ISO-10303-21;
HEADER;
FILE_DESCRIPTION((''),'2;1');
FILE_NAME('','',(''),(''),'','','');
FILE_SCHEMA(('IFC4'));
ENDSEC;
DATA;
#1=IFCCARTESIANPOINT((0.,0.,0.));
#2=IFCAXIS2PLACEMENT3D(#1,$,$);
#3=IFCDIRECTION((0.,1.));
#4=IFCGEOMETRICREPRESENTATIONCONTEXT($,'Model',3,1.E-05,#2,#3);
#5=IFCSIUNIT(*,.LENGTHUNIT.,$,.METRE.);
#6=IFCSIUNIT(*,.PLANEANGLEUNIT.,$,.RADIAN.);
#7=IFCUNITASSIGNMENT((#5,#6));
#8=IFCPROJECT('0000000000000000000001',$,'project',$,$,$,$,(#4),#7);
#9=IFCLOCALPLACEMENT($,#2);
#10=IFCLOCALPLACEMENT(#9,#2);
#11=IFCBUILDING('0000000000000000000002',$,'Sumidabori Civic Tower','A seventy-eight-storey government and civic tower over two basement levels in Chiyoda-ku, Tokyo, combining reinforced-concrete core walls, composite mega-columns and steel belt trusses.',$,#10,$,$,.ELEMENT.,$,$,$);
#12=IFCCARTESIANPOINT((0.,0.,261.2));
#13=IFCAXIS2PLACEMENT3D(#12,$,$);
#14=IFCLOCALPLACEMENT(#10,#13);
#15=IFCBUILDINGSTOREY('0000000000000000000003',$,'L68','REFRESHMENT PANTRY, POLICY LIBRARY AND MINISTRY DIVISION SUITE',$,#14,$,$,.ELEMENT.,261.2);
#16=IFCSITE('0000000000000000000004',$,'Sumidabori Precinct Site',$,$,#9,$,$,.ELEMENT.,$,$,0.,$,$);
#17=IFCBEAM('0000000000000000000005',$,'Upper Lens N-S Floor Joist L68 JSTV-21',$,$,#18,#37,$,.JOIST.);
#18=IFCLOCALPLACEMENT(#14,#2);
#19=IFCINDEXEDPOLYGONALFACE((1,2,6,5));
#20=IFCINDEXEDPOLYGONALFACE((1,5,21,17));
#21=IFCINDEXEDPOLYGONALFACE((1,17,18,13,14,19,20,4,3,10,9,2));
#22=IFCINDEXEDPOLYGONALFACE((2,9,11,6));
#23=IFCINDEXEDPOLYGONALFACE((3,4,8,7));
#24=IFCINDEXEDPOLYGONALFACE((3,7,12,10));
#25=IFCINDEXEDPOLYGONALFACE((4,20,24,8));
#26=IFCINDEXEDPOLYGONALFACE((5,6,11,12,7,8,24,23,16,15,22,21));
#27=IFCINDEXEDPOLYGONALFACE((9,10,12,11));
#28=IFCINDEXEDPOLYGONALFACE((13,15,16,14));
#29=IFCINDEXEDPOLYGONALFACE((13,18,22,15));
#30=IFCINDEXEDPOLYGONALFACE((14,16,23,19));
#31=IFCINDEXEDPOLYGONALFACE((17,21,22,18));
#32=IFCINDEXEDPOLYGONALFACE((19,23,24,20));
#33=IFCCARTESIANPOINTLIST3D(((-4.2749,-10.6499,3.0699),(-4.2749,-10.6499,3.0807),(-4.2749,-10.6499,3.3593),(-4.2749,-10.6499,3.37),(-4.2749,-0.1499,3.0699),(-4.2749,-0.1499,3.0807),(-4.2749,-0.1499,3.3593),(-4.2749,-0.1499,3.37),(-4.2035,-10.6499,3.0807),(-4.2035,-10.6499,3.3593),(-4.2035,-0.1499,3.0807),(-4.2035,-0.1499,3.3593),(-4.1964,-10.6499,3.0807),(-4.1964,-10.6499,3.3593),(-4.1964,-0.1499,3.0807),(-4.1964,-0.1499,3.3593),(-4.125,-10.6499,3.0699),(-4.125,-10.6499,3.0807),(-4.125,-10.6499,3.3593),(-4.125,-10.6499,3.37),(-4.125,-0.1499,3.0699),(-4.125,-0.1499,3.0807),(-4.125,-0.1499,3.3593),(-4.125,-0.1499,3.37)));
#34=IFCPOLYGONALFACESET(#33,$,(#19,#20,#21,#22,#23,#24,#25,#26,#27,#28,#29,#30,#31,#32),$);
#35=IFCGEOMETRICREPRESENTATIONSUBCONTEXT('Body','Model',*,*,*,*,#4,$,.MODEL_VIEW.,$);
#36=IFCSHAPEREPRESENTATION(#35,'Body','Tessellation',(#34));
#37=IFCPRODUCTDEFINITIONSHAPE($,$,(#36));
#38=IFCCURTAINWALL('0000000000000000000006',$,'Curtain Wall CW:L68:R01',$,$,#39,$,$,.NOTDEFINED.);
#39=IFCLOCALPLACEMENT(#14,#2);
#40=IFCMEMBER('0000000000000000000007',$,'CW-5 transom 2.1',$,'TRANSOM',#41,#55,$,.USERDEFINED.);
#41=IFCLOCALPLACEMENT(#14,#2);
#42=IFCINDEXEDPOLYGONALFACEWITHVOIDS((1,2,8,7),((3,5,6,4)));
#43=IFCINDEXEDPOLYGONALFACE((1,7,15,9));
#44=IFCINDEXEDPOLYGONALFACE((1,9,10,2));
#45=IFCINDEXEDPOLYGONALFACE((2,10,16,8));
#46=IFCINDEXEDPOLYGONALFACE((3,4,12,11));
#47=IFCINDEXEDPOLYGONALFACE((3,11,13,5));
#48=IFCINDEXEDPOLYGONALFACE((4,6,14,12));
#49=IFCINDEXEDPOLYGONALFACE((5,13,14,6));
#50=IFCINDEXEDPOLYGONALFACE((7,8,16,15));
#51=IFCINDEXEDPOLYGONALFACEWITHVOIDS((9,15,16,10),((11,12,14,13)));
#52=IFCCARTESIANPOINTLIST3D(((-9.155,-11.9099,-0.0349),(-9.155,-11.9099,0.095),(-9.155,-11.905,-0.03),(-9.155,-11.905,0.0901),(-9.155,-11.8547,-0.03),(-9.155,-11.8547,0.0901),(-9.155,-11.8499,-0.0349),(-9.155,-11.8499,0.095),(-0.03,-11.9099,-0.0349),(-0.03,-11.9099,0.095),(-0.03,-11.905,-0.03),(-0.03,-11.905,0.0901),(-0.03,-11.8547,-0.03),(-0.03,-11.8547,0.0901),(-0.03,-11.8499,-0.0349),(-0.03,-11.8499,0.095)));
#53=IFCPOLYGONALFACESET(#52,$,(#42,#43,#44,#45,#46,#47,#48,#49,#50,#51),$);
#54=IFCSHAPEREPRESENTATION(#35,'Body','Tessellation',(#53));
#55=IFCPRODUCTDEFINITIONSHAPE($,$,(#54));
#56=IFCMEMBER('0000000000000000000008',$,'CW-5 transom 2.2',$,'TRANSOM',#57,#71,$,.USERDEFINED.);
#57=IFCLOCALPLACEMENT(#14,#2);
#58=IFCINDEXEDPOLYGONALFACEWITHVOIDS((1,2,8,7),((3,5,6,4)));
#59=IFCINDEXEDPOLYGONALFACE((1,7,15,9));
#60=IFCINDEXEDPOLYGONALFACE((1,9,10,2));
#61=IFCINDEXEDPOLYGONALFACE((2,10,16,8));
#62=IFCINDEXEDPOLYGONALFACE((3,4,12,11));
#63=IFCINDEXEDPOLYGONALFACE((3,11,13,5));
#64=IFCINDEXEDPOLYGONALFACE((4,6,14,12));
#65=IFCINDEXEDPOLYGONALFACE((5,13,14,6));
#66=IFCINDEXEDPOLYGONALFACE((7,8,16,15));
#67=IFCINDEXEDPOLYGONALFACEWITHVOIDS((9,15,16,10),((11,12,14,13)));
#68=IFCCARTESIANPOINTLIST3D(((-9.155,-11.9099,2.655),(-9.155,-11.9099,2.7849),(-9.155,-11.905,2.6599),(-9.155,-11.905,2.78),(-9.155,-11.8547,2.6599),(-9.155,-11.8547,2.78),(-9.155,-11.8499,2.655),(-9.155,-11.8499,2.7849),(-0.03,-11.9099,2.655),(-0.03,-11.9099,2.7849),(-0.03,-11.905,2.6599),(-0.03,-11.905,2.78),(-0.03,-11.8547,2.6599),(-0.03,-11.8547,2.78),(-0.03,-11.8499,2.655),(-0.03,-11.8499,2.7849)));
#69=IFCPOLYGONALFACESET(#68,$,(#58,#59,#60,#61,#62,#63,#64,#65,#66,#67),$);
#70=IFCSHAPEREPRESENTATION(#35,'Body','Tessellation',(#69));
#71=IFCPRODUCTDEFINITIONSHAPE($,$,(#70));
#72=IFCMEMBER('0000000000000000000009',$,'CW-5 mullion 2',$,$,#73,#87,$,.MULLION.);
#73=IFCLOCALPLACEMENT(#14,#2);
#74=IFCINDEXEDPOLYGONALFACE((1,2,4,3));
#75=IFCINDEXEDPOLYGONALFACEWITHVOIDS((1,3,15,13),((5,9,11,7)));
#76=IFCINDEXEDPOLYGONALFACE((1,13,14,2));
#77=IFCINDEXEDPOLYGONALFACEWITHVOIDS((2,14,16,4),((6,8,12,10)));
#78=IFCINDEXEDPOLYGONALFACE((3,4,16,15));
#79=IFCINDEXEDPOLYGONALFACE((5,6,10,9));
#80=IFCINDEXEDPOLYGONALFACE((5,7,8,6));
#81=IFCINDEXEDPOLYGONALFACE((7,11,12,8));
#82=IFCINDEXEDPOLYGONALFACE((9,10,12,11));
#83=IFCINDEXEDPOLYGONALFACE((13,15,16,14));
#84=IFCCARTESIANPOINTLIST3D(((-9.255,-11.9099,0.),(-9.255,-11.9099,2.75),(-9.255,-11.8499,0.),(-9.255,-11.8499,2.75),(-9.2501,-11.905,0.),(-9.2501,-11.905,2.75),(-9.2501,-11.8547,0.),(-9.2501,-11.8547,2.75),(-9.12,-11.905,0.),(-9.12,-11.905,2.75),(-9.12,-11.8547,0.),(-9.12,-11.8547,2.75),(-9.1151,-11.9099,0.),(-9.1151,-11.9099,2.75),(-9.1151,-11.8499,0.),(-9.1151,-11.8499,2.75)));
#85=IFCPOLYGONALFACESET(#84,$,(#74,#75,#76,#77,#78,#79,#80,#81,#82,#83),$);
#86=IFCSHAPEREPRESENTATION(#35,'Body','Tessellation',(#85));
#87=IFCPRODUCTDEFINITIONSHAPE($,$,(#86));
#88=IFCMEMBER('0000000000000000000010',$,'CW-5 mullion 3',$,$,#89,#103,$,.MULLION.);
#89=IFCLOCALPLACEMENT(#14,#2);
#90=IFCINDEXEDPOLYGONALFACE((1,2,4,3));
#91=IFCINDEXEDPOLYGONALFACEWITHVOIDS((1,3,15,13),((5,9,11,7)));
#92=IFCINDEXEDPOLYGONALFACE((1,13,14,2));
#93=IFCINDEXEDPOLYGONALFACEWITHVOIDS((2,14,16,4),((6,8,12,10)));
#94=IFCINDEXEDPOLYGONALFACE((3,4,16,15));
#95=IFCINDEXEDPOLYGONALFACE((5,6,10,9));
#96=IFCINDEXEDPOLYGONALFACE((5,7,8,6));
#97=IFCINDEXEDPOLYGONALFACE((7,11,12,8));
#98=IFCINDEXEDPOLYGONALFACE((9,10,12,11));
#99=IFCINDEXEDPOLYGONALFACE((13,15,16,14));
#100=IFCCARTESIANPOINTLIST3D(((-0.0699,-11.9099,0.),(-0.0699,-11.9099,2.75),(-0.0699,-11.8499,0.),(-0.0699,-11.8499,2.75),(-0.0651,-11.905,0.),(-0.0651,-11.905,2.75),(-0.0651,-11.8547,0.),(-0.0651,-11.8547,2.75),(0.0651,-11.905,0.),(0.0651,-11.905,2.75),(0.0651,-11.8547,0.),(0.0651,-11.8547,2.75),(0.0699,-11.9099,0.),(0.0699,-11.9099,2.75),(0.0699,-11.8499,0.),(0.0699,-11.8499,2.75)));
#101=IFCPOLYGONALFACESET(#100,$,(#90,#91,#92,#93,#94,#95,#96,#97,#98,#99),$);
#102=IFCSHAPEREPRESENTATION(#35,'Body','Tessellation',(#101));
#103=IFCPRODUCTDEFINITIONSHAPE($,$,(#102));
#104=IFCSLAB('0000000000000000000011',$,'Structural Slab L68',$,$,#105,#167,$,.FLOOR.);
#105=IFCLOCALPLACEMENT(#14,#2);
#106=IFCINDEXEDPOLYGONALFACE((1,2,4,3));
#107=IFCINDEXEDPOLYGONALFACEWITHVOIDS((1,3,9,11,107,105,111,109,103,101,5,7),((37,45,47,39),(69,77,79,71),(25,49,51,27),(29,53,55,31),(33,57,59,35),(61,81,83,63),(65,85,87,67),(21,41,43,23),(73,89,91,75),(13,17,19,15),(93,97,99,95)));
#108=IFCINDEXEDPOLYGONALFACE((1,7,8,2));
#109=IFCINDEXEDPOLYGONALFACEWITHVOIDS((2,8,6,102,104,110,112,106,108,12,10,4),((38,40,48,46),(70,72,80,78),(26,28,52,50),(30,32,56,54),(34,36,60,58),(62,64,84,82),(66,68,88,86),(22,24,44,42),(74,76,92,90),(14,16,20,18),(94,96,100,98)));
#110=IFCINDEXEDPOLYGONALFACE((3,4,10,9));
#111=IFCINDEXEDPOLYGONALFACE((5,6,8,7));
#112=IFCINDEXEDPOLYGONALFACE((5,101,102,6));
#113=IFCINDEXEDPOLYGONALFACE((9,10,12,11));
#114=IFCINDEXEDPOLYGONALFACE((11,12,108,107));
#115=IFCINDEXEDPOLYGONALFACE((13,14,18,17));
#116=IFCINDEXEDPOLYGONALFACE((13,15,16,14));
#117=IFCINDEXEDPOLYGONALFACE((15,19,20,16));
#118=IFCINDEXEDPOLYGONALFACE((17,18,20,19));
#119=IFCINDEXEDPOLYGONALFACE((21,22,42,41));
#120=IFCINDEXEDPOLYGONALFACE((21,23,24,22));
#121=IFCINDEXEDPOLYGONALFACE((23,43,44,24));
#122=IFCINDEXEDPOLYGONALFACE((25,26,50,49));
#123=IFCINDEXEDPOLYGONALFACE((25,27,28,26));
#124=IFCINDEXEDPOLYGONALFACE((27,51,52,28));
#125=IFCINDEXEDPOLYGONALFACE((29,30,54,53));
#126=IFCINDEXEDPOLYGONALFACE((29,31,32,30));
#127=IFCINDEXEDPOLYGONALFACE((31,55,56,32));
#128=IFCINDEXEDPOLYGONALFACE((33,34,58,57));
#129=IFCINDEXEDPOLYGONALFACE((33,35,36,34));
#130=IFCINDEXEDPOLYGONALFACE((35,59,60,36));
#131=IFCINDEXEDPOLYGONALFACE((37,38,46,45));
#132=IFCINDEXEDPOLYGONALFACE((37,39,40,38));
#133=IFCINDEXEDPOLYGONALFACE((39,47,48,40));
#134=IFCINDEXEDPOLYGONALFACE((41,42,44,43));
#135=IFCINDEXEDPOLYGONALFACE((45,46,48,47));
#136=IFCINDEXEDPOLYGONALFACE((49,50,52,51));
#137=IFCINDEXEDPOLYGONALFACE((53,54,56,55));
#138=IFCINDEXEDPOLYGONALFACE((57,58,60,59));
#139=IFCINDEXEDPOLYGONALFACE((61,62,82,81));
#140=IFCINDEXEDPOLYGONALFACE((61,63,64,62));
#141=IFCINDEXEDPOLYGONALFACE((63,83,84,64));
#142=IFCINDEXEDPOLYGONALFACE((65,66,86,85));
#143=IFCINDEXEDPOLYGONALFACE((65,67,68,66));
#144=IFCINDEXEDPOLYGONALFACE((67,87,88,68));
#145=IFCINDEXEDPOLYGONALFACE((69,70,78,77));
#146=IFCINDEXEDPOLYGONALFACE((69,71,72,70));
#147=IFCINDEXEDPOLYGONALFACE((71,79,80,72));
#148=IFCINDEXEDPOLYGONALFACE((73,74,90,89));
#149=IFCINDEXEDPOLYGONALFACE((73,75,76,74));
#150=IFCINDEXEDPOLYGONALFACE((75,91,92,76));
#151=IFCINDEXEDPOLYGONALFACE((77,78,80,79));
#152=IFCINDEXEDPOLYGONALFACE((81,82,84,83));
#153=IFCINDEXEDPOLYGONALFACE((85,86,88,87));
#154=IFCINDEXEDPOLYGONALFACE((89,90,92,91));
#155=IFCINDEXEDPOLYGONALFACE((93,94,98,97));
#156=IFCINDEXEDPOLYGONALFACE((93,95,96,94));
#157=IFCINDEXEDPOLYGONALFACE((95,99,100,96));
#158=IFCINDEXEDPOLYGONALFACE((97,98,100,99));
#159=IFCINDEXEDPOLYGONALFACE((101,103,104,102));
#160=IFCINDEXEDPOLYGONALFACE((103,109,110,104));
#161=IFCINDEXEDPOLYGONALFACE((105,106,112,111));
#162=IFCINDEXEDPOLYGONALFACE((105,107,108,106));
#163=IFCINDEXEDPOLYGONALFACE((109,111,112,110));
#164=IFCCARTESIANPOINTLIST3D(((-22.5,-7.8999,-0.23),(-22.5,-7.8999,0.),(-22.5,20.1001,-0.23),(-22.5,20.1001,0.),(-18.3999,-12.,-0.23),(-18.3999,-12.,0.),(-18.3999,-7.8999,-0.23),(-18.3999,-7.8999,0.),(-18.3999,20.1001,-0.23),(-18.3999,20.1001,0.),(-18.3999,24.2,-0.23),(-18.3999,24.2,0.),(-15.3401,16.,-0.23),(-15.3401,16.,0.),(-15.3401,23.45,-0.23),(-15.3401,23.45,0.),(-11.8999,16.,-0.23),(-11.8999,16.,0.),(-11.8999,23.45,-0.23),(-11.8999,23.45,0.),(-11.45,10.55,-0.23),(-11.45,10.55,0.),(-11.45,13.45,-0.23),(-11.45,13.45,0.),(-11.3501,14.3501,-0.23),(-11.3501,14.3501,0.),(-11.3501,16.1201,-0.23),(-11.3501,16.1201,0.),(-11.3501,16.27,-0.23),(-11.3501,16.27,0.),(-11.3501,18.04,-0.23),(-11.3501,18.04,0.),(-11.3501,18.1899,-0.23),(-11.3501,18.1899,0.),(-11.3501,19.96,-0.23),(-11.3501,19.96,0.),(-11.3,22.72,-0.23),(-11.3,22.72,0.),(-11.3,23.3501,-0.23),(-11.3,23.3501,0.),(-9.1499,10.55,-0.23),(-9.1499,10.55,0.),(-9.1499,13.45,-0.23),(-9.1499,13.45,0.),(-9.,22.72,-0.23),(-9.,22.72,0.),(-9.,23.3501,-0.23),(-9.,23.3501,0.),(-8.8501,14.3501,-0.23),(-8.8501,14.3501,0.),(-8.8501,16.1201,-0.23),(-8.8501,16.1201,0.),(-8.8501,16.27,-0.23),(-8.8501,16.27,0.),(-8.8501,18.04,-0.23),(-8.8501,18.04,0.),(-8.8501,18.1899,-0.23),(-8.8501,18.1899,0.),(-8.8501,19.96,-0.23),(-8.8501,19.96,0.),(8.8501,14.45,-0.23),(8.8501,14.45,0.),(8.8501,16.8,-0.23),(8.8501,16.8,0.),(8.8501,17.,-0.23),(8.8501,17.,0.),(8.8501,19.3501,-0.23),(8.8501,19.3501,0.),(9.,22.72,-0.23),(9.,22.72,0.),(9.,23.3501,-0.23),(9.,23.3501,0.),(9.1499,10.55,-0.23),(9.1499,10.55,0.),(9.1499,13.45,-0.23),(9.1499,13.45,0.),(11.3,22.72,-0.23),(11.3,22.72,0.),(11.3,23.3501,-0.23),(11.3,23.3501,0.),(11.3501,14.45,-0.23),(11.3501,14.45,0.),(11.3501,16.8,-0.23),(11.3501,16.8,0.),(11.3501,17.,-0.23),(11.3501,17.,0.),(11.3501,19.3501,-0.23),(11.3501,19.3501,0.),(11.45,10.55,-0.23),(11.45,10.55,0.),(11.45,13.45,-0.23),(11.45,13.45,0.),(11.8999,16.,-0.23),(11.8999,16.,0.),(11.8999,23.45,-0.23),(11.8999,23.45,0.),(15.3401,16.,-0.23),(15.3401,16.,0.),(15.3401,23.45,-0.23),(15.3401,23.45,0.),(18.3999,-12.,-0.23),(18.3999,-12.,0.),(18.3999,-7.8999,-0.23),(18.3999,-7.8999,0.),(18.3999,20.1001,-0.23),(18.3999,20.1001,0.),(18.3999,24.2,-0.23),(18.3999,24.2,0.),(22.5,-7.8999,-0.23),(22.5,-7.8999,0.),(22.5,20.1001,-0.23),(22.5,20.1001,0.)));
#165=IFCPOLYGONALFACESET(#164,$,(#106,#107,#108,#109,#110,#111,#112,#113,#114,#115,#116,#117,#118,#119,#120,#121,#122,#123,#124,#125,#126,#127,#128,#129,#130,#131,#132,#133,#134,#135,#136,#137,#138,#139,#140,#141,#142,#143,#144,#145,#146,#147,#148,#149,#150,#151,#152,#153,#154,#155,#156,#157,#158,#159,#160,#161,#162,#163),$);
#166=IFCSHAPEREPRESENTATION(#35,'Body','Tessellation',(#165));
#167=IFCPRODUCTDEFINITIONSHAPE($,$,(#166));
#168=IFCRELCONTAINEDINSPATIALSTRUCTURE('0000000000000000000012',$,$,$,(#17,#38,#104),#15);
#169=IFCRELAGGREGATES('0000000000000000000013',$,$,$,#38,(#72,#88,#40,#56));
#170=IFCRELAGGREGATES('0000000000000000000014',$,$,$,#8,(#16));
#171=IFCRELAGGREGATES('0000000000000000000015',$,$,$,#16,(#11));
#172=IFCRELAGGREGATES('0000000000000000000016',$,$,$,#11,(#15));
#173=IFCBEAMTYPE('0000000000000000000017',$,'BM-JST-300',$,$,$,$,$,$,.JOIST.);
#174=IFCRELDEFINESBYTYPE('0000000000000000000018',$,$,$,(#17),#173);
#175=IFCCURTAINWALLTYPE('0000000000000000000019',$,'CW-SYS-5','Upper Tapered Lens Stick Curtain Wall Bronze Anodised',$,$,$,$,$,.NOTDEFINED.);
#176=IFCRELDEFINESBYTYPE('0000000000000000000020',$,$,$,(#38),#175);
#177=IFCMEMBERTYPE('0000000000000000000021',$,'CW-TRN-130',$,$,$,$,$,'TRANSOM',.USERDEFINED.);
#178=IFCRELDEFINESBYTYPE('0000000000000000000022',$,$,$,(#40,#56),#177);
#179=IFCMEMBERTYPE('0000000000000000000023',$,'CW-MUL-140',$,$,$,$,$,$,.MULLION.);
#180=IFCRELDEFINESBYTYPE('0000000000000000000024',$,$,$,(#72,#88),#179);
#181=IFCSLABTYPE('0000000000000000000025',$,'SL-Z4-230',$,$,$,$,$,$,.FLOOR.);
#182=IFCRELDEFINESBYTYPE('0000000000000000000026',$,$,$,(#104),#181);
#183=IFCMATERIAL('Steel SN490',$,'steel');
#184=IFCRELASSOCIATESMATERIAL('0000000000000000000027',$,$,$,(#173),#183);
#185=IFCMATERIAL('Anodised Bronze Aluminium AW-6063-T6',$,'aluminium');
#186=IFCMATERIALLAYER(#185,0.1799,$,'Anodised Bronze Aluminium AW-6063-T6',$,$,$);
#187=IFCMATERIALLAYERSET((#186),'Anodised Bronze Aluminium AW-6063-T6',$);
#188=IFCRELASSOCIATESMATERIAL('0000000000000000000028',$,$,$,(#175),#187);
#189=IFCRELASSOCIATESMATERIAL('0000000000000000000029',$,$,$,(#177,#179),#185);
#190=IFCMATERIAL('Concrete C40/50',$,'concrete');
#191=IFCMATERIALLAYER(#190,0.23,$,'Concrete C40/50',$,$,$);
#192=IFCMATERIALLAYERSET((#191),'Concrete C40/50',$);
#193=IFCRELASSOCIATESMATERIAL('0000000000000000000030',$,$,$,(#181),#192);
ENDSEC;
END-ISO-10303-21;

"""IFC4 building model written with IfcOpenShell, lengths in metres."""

from ifc_helpers import new_model, si_unit, direction, frame, origin, origin_2d, place, context, subcontext, project, spatial, polyline, hollow_rectangle, i_section, outline, extrude, source, transform, mapped, material, layer, layer_set, material_profile, profile_set, type_object, element, aggregate, save


model = new_model("IFC4")

# Units and contexts
model_context = context("Model", 3, precision=1e-05, world=origin(), true_north=direction((0.0, 1.0)))
body_context = subcontext(model_context, "Body", "Model", "MODEL_VIEW")
ifc_project = project(units=[si_unit("LENGTHUNIT", "METRE"), si_unit("PLANEANGLEUNIT", "RADIAN")], contexts=[model_context])

# Site, building, storey
site_placement = place(None, origin())
site = spatial("IfcSite", under=ifc_project, at=site_placement, Name="Sumidabori Precinct Site", CompositionType="ELEMENT", RefElevation=0.0)
building_placement = place(site_placement, origin())
building = spatial("IfcBuilding", under=site, at=building_placement, Name="Sumidabori Civic Tower", Description="A seventy-eight-storey government and civic tower over two basement levels in Chiyoda-ku, Tokyo, combining reinforced-concrete core walls, composite mega-columns and steel belt trusses.", CompositionType="ELEMENT")
storey_placement = place(building_placement, frame((0.0, 0.0, 261.2)))
storey = spatial("IfcBuildingStorey", under=building, at=storey_placement, Name="L68", Description="REFRESHMENT PANTRY, POLICY LIBRARY AND MINISTRY DIVISION SUITE", CompositionType="ELEMENT", Elevation=261.2)

# Shared definitions
ifc_material_1 = material(Name="Steel SN490", Category="steel")

# Beam
ifc_material_profile_1 = material_profile(ifc_material_1, i_section(OverallWidth=0.1499, OverallDepth=0.3, WebThickness=0.0071, FlangeThickness=0.0107, at=origin_2d()), Name="IPE 300")
ifc_profile_set_1 = profile_set([ifc_material_profile_1], Name="Steel SN490")
beam_type_1 = type_object("IfcBeamType", Name="BM-JST-300", PredefinedType="JOIST", material=ifc_profile_set_1)
shared_shape_1 = source(origin(), body_context, "Body", "SweptSolid", [
    extrude(i_section(OverallWidth=0.1499, OverallDepth=0.3, WebThickness=0.0071, FlangeThickness=0.0107, at=origin_2d()), origin(), (0.0, 0.0, 1.0), 10.5),
])
for number, where, z_axis, x_axis, name in (
    (1, (-4.2, -10.6499, 3.22), (0.0, 1.0, 0.0), (-1.0, 0.0, 0.0), "Upper Lens N-S Floor Joist L68 JSTV-21"),
):
    element("IfcBeam", number, at=place(storey_placement, frame(where, z_axis=z_axis, x_axis=x_axis)), inside=storey, type_object=beam_type_1, Name=name, PredefinedType="JOIST", context=body_context, shape_type="MappedRepresentation", body=[
        mapped(shared_shape_1, transform((0.0, 0.0, 0.0), x_axis=(1.0, 0.0, 0.0), y_axis=(0.0, 1.0, 0.0), z_axis=(0.0, 0.0, 1.0), scale=1.0)),
    ])

# Curtain wall, members
ifc_material_2 = material(Name="Anodised Bronze Aluminium AW-6063-T6", Category="aluminium")
ifc_layer_1 = layer(ifc_material_2, 0.1799, Name="Anodised Bronze Aluminium AW-6063-T6")
ifc_layer_set_1 = layer_set([ifc_layer_1], Name="Anodised Bronze Aluminium AW-6063-T6")
curtain_wall_type = type_object("IfcCurtainWallType", Name="CW-SYS-5", Description="Upper Tapered Lens Stick Curtain Wall Bronze Anodised", PredefinedType="NOTDEFINED", material=ifc_layer_set_1)
curtain_wall_placement = place(storey_placement, origin())
curtain_wall = element("IfcCurtainWall", 2, at=curtain_wall_placement, inside=storey, type_object=curtain_wall_type, Name="Curtain Wall CW:L68:R01", PredefinedType="NOTDEFINED")
ifc_material_profile_2 = material_profile(ifc_material_2, hollow_rectangle(XDim=0.0601, YDim=0.1299, WallThickness=0.0049, at=origin_2d()), Name="ALU TRANSOM 130x60")
ifc_profile_set_2 = profile_set([ifc_material_profile_2], Name="Anodised Bronze Aluminium AW-6063-T6")
member_type_1 = type_object("IfcMemberType", Name="CW-TRN-130", ElementType="TRANSOM", PredefinedType="USERDEFINED", material=ifc_profile_set_2)
shared_shape_2 = source(origin(), body_context, "Body", "SweptSolid", [
    extrude(hollow_rectangle(XDim=0.0601, YDim=0.1299, WallThickness=0.0049, at=origin_2d()), origin(), (0.0, 0.0, 1.0), 9.125),
])
member_1_placement = place(storey_placement, frame((-9.155, -11.8799, 0.03), z_axis=(1.0, 0.0, 0.0), x_axis=(0.0, 1.0, 0.0)))
member_1 = element("IfcMember", 3, at=member_1_placement, type_object=member_type_1, Name="CW-5 transom 2.1", ObjectType="TRANSOM", PredefinedType="USERDEFINED", context=body_context, shape_type="MappedRepresentation", body=[
    mapped(shared_shape_2, transform((0.0, 0.0, 0.0), x_axis=(1.0, 0.0, 0.0), y_axis=(0.0, 1.0, 0.0), z_axis=(0.0, 0.0, 1.0), scale=1.0)),
])
member_2_placement = place(storey_placement, frame((-9.155, -11.8799, 2.72), z_axis=(1.0, 0.0, 0.0), x_axis=(0.0, 1.0, 0.0)))
member_2 = element("IfcMember", 4, at=member_2_placement, type_object=member_type_1, Name="CW-5 transom 2.2", ObjectType="TRANSOM", PredefinedType="USERDEFINED", context=body_context, shape_type="MappedRepresentation", body=[
    mapped(shared_shape_2, transform((0.0, 0.0, 0.0), x_axis=(1.0, 0.0, 0.0), y_axis=(0.0, 1.0, 0.0), z_axis=(0.0, 0.0, 1.0), scale=1.0)),
])
ifc_material_profile_3 = material_profile(ifc_material_2, hollow_rectangle(XDim=0.0601, YDim=0.1399, WallThickness=0.0049, at=origin_2d()), Name="ALU MULLION 140x60")
ifc_profile_set_3 = profile_set([ifc_material_profile_3], Name="Anodised Bronze Aluminium AW-6063-T6")
member_type_2 = type_object("IfcMemberType", Name="CW-MUL-140", PredefinedType="MULLION", material=ifc_profile_set_3)
shared_shape_3 = source(origin(), body_context, "Body", "SweptSolid", [
    extrude(hollow_rectangle(XDim=0.0601, YDim=0.1399, WallThickness=0.0049, at=origin_2d()), origin(), (0.0, 0.0, 1.0), 2.75),
])
member_3_placement = place(storey_placement, frame((-9.1851, -11.8799, 0.0), z_axis=(0.0, 0.0, 1.0), x_axis=(0.0, 1.0, 0.0)))
member_3 = element("IfcMember", 5, at=member_3_placement, type_object=member_type_2, Name="CW-5 mullion 2", PredefinedType="MULLION", context=body_context, shape_type="MappedRepresentation", body=[
    mapped(shared_shape_3, transform((0.0, 0.0, 0.0), x_axis=(1.0, 0.0, 0.0), y_axis=(0.0, 1.0, 0.0), z_axis=(0.0, 0.0, 1.0), scale=1.0)),
])
member_4_placement = place(storey_placement, frame((0.0, -11.8799, 0.0), z_axis=(0.0, 0.0, 1.0), x_axis=(0.0, 1.0, 0.0)))
member_4 = element("IfcMember", 6, at=member_4_placement, type_object=member_type_2, Name="CW-5 mullion 3", PredefinedType="MULLION", context=body_context, shape_type="MappedRepresentation", body=[
    mapped(shared_shape_3, transform((0.0, 0.0, 0.0), x_axis=(1.0, 0.0, 0.0), y_axis=(0.0, 1.0, 0.0), z_axis=(0.0, 0.0, 1.0), scale=1.0)),
])

# Slab
ifc_material_3 = material(Name="Concrete C40/50", Category="concrete")
ifc_layer_2 = layer(ifc_material_3, 0.23, Name="Concrete C40/50")
ifc_layer_set_2 = layer_set([ifc_layer_2], Name="Concrete C40/50")
slab_type = type_object("IfcSlabType", Name="SL-Z4-230", PredefinedType="FLOOR", material=ifc_layer_set_2)
slab_placement = place(storey_placement, frame((0.0, 0.0, -0.23)))
element("IfcSlab", 7, at=slab_placement, inside=storey, type_object=slab_type, Name="Structural Slab L68", PredefinedType="FLOOR", context=body_context, shape_type="SweptSolid", body=[
    extrude(outline(polyline([(-18.3999, -12.0), (18.3999, -12.0), (18.3999, -7.8999), (22.5, -7.8999), (22.5, 20.1001), (18.3999, 20.1001), (18.3999, 24.2), (-18.3999, 24.2), (-18.3999, 20.1001), (-22.5, 20.1001), (-22.5, -7.8999), (-18.3999, -7.8999), (-18.3999, -12.0)]), holes=[polyline([(-11.8999, 16.0), (-11.8999, 23.45), (-15.3401, 23.45), (-15.3401, 16.0), (-11.8999, 16.0)]), polyline([(15.3401, 16.0), (15.3401, 23.45), (11.8999, 23.45), (11.8999, 16.0), (15.3401, 16.0)]), polyline([(-11.45, 10.55), (-9.1499, 10.55), (-9.1499, 13.45), (-11.45, 13.45), (-11.45, 10.55)]), polyline([(9.1499, 10.55), (11.45, 10.55), (11.45, 13.45), (9.1499, 13.45), (9.1499, 10.55)]), polyline([(-11.3501, 14.3501), (-8.8501, 14.3501), (-8.8501, 16.1201), (-11.3501, 16.1201), (-11.3501, 14.3501)]), polyline([(-11.3501, 16.27), (-8.8501, 16.27), (-8.8501, 18.04), (-11.3501, 18.04), (-11.3501, 16.27)]), polyline([(-11.3501, 18.1899), (-8.8501, 18.1899), (-8.8501, 19.96), (-11.3501, 19.96), (-11.3501, 18.1899)]), polyline([(8.8501, 14.45), (11.3501, 14.45), (11.3501, 16.8), (8.8501, 16.8), (8.8501, 14.45)]), polyline([(8.8501, 17.0), (11.3501, 17.0), (11.3501, 19.3501), (8.8501, 19.3501), (8.8501, 17.0)]), polyline([(-11.3, 22.72), (-9.0, 22.72), (-9.0, 23.3501), (-11.3, 23.3501), (-11.3, 22.72)]), polyline([(9.0, 22.72), (11.3, 22.72), (11.3, 23.3501), (9.0, 23.3501), (9.0, 22.72)])]), origin(), (0.0, 0.0, 1.0), 0.23),
])

aggregate(curtain_wall, [member_3, member_4, member_1, member_2])

save(model, "model.ifc")
